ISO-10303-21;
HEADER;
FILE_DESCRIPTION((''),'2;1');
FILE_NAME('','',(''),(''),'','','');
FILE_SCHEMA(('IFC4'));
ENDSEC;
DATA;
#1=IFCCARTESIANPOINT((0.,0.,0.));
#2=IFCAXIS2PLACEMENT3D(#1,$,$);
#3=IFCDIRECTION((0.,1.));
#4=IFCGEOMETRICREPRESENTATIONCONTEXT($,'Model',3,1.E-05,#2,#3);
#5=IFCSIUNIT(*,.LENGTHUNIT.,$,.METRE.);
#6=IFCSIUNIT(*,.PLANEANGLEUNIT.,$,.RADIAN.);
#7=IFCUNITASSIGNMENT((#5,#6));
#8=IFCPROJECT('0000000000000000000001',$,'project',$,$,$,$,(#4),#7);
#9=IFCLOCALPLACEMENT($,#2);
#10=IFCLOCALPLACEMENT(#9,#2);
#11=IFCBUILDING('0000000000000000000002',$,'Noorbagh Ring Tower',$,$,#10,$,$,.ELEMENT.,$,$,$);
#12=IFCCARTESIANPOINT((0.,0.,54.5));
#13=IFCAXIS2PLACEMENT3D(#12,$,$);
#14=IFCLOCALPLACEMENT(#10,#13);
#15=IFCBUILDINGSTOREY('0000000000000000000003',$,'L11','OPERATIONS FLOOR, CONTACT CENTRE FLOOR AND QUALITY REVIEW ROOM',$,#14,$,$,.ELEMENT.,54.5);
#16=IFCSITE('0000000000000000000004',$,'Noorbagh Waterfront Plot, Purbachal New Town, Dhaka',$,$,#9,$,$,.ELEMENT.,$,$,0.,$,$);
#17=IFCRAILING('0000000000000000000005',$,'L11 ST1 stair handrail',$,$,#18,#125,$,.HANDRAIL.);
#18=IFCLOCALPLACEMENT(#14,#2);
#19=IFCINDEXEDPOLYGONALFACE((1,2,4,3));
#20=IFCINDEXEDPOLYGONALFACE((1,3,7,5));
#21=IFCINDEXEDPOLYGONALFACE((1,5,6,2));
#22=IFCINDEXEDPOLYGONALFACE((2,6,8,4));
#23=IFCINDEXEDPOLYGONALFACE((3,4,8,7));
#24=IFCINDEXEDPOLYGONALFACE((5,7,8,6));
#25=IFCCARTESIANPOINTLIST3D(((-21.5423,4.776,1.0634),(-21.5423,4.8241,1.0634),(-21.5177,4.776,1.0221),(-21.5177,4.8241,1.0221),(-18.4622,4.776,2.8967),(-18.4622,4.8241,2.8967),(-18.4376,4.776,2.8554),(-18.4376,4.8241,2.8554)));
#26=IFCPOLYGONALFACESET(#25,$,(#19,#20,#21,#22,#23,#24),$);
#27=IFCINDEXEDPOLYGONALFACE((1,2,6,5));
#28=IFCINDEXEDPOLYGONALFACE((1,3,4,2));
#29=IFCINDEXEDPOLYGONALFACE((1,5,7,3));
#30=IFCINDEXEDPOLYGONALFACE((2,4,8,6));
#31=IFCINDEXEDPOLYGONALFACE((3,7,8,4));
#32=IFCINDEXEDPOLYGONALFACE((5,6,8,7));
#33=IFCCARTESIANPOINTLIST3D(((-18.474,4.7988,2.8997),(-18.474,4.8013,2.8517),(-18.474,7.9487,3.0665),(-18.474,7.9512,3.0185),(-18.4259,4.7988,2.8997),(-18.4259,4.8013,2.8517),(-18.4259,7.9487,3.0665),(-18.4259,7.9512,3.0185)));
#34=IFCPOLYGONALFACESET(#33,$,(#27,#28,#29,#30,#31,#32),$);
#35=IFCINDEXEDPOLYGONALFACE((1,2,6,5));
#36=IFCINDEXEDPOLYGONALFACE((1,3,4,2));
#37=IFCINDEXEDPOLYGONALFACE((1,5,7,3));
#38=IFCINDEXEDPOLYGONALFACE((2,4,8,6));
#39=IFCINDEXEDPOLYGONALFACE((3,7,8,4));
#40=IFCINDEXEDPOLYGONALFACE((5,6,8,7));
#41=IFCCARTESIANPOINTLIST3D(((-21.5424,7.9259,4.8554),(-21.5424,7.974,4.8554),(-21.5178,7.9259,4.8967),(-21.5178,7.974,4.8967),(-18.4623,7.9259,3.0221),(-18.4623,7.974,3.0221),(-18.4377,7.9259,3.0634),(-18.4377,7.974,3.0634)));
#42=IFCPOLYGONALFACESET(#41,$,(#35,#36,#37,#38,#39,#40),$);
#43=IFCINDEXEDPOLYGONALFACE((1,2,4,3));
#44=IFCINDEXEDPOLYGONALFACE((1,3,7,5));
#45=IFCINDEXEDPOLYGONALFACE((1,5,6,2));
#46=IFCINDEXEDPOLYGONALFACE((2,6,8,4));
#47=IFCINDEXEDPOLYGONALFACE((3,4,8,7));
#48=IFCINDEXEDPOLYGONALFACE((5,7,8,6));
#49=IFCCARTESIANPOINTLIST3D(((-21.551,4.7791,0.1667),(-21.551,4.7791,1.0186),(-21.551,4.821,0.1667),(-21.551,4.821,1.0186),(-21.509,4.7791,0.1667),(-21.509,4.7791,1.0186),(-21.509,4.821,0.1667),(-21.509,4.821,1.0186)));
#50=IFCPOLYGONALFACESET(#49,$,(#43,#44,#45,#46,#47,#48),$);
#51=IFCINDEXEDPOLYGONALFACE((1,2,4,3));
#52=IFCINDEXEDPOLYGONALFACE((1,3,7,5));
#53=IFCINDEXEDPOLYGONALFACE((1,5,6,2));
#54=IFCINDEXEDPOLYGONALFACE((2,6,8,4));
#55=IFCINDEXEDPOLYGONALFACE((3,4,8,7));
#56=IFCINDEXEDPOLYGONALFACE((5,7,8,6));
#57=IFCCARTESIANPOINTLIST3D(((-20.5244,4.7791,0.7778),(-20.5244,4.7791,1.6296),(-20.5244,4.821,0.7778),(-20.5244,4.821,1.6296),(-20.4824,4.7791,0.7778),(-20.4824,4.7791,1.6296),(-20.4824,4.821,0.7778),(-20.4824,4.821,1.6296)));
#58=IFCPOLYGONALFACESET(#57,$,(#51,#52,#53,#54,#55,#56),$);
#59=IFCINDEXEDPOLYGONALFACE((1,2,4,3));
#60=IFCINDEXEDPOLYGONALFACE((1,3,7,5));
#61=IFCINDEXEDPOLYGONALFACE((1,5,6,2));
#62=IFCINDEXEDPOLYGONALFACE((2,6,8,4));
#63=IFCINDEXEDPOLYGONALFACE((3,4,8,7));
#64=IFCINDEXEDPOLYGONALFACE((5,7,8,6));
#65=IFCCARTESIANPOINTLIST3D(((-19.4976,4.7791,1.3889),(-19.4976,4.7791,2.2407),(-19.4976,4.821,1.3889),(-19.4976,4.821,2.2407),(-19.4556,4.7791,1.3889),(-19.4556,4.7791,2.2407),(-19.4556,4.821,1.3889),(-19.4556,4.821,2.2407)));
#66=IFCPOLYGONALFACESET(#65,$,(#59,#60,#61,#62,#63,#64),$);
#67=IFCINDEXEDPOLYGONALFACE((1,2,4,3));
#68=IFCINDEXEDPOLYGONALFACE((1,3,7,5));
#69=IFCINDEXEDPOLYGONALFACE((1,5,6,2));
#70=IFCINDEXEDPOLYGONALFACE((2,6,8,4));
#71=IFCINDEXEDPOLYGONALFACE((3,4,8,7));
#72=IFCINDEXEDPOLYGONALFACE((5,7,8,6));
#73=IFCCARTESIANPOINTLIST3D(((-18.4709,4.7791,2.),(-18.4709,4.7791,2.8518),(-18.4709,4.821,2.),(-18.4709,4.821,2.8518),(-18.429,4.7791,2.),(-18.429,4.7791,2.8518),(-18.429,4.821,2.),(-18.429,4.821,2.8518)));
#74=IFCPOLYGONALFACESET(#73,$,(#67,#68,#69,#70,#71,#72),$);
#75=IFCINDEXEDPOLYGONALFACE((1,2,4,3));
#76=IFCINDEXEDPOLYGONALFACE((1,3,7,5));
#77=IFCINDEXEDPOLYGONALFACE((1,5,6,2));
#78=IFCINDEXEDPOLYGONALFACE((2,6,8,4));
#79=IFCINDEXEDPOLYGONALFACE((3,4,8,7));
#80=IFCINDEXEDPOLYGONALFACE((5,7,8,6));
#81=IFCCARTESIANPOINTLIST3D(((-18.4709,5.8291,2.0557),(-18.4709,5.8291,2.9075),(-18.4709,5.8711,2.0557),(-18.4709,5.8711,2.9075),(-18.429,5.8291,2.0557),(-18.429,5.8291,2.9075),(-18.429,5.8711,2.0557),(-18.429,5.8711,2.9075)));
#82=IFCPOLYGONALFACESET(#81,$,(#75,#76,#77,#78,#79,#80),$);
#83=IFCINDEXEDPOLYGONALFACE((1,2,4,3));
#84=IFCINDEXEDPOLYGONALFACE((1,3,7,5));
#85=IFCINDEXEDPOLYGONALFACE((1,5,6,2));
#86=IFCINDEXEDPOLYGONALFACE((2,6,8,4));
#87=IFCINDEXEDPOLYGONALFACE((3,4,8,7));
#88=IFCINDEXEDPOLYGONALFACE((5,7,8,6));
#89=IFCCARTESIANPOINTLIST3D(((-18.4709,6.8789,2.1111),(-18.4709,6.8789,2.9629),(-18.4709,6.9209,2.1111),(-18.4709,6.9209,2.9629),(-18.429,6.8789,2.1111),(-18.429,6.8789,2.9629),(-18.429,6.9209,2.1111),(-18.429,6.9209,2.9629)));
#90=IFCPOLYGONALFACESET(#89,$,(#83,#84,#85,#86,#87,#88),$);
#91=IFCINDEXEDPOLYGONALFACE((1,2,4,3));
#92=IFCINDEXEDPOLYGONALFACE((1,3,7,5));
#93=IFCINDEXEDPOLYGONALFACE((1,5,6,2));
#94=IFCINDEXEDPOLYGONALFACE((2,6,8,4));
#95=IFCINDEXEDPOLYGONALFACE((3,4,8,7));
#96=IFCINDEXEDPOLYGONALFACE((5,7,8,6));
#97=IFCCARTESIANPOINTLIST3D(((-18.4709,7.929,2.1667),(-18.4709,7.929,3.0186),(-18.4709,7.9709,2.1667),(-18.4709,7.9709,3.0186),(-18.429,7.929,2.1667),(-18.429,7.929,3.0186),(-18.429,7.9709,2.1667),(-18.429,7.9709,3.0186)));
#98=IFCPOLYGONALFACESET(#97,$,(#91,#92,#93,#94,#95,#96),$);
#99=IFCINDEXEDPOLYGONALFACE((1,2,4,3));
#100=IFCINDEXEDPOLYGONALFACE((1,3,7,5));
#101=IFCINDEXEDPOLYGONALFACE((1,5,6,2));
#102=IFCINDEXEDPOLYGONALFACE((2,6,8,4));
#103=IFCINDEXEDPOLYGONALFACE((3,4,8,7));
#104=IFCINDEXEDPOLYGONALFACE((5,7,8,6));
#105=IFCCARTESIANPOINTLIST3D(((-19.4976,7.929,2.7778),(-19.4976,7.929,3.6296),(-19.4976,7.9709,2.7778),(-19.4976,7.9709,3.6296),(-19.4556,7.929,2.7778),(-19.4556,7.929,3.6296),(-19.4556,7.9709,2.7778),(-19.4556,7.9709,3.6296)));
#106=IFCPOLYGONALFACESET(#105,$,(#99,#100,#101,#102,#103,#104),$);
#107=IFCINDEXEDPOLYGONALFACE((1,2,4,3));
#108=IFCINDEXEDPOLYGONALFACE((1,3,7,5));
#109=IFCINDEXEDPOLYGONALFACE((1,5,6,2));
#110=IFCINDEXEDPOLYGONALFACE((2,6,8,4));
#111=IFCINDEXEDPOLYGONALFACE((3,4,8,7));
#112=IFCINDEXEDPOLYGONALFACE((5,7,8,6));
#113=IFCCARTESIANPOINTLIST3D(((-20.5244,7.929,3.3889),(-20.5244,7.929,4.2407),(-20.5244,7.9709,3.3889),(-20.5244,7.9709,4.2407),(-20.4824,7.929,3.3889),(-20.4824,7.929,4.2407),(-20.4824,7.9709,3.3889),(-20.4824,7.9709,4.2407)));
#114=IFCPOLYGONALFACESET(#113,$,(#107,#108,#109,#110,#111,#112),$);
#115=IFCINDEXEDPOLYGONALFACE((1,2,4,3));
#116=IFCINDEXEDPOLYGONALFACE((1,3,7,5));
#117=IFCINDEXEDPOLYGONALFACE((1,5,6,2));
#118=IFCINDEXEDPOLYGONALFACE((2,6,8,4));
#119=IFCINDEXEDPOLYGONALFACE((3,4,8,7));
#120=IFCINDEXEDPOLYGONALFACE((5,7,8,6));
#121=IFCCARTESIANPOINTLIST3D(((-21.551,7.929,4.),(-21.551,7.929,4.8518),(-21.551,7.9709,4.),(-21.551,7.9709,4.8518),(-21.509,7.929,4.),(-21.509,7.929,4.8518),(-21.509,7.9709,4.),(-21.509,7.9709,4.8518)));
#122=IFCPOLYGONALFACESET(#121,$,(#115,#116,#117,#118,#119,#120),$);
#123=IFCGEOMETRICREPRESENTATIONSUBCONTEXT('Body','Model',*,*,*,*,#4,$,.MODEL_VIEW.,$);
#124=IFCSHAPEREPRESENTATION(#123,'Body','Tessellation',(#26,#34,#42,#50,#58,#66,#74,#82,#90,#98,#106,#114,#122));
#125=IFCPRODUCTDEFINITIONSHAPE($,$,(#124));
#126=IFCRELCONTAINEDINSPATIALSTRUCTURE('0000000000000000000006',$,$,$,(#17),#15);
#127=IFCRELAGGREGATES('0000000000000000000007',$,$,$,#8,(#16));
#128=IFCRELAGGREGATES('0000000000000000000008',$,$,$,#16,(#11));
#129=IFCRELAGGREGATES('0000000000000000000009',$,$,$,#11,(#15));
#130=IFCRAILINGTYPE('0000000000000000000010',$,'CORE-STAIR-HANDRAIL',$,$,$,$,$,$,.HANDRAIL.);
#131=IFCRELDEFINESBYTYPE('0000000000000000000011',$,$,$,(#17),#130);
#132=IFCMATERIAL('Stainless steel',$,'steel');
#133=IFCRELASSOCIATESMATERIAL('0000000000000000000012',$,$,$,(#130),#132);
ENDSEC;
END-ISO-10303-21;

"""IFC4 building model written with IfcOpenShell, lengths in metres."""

from ifc_helpers import new_model, si_unit, direction, frame, origin, origin_2d, place, context, subcontext, project, spatial, rectangle, extrude, material, type_object, element, save


model = new_model("IFC4")

# Units and contexts
model_context = context("Model", 3, precision=1e-05, world=origin(), true_north=direction((0.0, 1.0)))
body_context = subcontext(model_context, "Body", "Model", "MODEL_VIEW")
ifc_project = project(units=[si_unit("LENGTHUNIT", "METRE"), si_unit("PLANEANGLEUNIT", "RADIAN")], contexts=[model_context])

# Site, building, storey
site_placement = place(None, origin())
site = spatial("IfcSite", under=ifc_project, at=site_placement, Name="Noorbagh Waterfront Plot, Purbachal New Town, Dhaka", CompositionType="ELEMENT", RefElevation=0.0)
building_placement = place(site_placement, origin())
building = spatial("IfcBuilding", under=site, at=building_placement, Name="Noorbagh Ring Tower", CompositionType="ELEMENT")
storey_placement = place(building_placement, frame((0.0, 0.0, 54.5)))
storey = spatial("IfcBuildingStorey", under=building, at=storey_placement, Name="L11", Description="OPERATIONS FLOOR, CONTACT CENTRE FLOOR AND QUALITY REVIEW ROOM", CompositionType="ELEMENT", Elevation=54.5)

# Railing
ifc_material_1 = material(Name="Stainless steel", Category="steel")
railing_type_1 = type_object("IfcRailingType", Name="CORE-STAIR-HANDRAIL", PredefinedType="HANDRAIL", material=ifc_material_1)
railing_1_placement = place(storey_placement, frame((-21.53, 4.8, 0.1667)))
element("IfcRailing", 1, at=railing_1_placement, inside=storey, type_object=railing_type_1, Name="L11 ST1 stair handrail", PredefinedType="HANDRAIL", context=body_context, shape_type="SweptSolid", body=[
    extrude(rectangle(XDim=0.0481, YDim=0.0481, at=origin_2d()), frame((0.0, 0.0, 0.876), z_axis=(0.859309, 0.0, 0.511458), x_axis=(0.0, 1.0, 0.0)), (0.0, 0.0, 1.0), 3.5845),
    extrude(rectangle(XDim=0.0481, YDim=0.0481, at=origin_2d()), frame((3.0801, 0.0, 2.709), z_axis=(0.0, 0.998602, 0.052864), x_axis=(-1.0, 0.0, 0.0)), (0.0, 0.0, 1.0), 3.1543),
    extrude(rectangle(XDim=0.0481, YDim=0.0481, at=origin_2d()), frame((3.0801, 3.1499, 2.876), z_axis=(-0.859309, 0.0, 0.511458), x_axis=(0.0, -1.0, 0.0)), (0.0, 0.0, 1.0), 3.5845),
    extrude(rectangle(XDim=0.042, YDim=0.042, at=origin_2d()), origin(), (0.0, 0.0, 1.0), 0.8518),
    extrude(rectangle(XDim=0.042, YDim=0.042, at=origin_2d()), frame((1.0266, 0.0, 0.6111)), (0.0, 0.0, 1.0), 0.8518),
    extrude(rectangle(XDim=0.042, YDim=0.042, at=origin_2d()), frame((2.0535, 0.0, 1.2222)), (0.0, 0.0, 1.0), 0.8518),
    extrude(rectangle(XDim=0.042, YDim=0.042, at=origin_2d()), frame((3.0801, 0.0, 1.8333)), (0.0, 0.0, 1.0), 0.8518),
    extrude(rectangle(XDim=0.042, YDim=0.042, at=origin_2d()), frame((3.0801, 1.05, 1.8889)), (0.0, 0.0, 1.0), 0.8518),
    extrude(rectangle(XDim=0.042, YDim=0.042, at=origin_2d()), frame((3.0801, 2.0999, 1.9443)), (0.0, 0.0, 1.0), 0.8518),
    extrude(rectangle(XDim=0.042, YDim=0.042, at=origin_2d()), frame((3.0801, 3.1499, 2.0)), (0.0, 0.0, 1.0), 0.8518),
    extrude(rectangle(XDim=0.042, YDim=0.042, at=origin_2d()), frame((2.0535, 3.1499, 2.6111)), (0.0, 0.0, 1.0), 0.8518),
    extrude(rectangle(XDim=0.042, YDim=0.042, at=origin_2d()), frame((1.0266, 3.1499, 3.2222)), (0.0, 0.0, 1.0), 0.8518),
    extrude(rectangle(XDim=0.042, YDim=0.042, at=origin_2d()), frame((0.0, 3.1499, 3.8333)), (0.0, 0.0, 1.0), 0.8518),
])

save(model, "model.ifc")
